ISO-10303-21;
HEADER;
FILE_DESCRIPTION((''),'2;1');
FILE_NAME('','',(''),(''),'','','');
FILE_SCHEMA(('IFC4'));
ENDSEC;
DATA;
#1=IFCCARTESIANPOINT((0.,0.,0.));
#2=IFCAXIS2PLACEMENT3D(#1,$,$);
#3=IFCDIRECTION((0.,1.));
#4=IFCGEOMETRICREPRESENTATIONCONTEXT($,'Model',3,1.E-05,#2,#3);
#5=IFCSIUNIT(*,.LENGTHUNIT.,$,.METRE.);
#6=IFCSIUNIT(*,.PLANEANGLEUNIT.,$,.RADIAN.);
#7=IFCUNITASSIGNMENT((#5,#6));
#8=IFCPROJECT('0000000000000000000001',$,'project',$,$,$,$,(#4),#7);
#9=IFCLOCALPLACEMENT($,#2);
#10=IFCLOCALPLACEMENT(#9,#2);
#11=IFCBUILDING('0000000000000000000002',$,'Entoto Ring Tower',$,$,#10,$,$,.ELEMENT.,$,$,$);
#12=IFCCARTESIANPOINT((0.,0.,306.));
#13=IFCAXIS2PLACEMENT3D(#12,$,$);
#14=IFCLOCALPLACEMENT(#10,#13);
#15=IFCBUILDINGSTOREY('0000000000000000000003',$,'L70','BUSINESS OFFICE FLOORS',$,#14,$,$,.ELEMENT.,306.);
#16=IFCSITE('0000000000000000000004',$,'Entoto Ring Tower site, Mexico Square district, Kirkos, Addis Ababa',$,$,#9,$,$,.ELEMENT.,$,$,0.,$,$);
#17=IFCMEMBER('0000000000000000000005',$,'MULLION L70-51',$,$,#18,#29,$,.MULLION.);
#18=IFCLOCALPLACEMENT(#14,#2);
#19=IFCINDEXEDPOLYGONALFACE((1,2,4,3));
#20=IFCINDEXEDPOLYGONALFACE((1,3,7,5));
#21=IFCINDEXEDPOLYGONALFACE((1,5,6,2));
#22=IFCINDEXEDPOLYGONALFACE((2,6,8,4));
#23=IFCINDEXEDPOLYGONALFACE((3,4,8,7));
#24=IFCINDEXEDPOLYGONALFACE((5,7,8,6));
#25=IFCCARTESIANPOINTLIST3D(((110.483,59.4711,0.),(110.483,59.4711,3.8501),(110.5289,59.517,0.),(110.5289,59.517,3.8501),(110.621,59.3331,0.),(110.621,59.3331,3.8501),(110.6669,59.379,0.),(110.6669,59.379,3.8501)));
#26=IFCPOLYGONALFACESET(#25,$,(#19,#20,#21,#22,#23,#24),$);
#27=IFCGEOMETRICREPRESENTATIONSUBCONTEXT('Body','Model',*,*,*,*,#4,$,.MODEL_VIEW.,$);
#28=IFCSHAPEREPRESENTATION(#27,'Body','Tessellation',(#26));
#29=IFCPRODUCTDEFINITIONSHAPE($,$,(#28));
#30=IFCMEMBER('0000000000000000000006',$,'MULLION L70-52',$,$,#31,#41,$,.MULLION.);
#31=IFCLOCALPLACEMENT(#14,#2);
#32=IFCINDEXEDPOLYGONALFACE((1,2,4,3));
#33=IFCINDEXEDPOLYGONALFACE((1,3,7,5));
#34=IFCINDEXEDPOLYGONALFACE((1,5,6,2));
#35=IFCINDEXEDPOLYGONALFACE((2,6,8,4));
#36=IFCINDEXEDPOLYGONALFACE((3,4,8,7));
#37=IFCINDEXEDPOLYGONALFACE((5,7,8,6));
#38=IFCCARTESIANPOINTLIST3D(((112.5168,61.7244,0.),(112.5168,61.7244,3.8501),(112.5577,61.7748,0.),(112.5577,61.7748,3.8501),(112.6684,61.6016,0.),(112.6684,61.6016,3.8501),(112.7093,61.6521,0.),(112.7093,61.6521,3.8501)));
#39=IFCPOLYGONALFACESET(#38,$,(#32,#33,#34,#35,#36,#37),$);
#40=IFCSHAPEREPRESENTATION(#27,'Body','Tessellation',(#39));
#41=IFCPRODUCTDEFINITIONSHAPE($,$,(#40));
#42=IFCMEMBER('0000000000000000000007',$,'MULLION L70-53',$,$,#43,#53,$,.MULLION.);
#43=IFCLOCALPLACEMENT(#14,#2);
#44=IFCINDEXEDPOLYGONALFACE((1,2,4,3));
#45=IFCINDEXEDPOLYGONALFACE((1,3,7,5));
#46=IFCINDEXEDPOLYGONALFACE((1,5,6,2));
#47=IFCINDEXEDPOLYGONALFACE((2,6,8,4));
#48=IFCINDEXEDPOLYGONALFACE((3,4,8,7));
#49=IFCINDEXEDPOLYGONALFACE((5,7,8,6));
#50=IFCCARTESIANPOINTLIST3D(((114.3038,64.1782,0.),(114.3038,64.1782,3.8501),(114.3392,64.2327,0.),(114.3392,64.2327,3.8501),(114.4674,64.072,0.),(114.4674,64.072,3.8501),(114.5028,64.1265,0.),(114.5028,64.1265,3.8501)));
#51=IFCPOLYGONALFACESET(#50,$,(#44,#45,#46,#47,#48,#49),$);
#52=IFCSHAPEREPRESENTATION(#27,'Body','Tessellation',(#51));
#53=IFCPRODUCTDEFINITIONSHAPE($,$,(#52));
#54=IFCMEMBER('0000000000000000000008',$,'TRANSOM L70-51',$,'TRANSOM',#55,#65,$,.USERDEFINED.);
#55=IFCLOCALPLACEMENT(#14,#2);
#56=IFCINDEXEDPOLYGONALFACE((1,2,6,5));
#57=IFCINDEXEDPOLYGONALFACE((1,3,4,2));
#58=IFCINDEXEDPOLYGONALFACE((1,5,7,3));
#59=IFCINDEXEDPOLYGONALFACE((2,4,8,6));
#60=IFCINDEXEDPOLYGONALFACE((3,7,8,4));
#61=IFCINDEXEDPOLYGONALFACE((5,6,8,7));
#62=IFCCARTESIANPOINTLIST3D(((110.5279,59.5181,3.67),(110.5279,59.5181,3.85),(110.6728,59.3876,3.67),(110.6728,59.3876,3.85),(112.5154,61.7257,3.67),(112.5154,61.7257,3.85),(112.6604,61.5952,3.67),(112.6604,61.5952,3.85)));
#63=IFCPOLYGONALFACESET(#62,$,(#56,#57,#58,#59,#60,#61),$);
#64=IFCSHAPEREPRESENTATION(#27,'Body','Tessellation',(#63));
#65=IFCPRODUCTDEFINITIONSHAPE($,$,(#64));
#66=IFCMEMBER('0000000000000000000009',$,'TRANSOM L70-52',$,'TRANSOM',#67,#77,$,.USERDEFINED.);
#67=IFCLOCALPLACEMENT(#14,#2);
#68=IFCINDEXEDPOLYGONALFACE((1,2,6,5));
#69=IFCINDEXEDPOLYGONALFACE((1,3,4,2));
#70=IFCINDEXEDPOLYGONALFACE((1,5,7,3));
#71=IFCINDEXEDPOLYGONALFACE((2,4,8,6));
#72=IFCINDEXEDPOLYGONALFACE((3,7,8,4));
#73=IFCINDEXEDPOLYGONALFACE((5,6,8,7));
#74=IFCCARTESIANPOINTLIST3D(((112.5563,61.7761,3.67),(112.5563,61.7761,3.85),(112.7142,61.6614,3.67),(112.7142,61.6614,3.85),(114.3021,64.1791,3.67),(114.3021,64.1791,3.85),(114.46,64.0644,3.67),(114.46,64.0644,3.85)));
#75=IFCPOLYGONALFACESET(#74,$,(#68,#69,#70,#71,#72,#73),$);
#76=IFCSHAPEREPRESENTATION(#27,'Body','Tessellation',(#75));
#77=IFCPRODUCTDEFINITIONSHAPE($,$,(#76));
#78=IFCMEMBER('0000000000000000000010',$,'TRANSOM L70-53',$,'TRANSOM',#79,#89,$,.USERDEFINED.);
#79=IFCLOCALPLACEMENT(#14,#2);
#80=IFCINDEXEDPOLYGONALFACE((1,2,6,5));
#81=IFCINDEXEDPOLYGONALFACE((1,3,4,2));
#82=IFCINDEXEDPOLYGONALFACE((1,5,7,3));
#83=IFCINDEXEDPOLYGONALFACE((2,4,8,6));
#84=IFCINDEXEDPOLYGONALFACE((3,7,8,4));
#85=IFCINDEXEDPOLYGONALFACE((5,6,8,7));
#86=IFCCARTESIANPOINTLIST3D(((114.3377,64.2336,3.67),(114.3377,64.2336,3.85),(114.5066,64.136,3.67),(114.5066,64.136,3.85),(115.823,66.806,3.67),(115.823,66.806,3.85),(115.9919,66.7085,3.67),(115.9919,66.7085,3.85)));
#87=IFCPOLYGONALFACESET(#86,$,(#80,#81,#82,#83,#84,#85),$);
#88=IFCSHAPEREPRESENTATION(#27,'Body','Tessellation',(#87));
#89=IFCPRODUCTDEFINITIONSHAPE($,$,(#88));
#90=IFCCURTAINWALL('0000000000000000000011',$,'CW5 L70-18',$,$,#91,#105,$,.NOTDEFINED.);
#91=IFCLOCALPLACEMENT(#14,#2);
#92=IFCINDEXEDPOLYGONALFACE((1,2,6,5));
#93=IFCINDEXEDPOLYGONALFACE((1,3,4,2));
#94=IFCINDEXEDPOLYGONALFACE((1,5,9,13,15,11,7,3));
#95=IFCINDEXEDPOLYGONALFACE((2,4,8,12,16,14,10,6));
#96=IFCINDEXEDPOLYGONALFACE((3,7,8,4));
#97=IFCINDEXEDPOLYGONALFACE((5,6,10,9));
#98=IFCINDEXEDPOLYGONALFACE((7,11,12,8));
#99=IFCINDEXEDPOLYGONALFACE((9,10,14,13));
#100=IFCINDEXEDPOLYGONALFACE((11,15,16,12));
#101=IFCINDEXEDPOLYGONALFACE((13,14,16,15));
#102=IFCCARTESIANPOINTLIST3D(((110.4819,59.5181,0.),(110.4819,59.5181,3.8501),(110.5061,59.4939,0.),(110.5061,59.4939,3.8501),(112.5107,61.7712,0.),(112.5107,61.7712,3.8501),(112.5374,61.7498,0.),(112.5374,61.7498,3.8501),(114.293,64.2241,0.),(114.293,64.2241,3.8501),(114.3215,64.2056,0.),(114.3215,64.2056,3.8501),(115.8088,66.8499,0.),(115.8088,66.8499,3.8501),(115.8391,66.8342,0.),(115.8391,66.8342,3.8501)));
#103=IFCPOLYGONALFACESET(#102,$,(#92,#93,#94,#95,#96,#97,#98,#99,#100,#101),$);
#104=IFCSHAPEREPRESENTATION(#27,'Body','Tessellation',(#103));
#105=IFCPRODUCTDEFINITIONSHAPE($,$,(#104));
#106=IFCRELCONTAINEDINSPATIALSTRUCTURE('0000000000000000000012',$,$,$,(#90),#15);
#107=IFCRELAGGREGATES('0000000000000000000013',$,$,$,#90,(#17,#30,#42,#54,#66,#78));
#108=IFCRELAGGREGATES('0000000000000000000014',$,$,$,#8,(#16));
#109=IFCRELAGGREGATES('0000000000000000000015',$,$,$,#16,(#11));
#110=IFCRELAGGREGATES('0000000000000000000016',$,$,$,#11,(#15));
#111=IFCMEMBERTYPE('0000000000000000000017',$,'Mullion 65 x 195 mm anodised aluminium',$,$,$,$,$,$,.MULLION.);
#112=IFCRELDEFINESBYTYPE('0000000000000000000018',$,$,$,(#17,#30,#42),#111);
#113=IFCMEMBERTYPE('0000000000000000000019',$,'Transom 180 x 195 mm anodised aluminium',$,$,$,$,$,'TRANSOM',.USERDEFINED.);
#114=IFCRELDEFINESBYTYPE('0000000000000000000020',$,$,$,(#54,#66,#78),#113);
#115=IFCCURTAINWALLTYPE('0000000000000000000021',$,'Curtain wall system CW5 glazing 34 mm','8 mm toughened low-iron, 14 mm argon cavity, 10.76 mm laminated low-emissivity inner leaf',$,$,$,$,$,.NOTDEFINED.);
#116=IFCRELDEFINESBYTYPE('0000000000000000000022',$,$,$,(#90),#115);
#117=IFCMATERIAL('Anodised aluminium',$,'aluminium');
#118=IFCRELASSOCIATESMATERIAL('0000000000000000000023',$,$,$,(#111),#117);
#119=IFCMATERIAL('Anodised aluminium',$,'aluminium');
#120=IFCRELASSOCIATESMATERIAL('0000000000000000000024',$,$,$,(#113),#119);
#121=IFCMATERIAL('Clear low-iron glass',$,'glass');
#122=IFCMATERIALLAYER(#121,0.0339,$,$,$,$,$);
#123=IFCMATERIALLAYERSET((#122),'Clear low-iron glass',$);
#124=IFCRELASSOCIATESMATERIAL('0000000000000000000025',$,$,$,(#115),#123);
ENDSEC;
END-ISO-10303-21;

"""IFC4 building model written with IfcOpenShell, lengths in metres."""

from ifc_helpers import new_model, si_unit, direction, frame, origin, origin_2d, place, context, subcontext, project, spatial, polyline, rectangle, outline, extrude, material, layer, layer_set, material_profile, profile_set, type_object, element, aggregate, save


model = new_model("IFC4")

# Units and contexts
model_context = context("Model", 3, precision=1e-05, world=origin(), true_north=direction((0.0, 1.0)))
body_context = subcontext(model_context, "Body", "Model", "MODEL_VIEW")
ifc_project = project(units=[si_unit("LENGTHUNIT", "METRE"), si_unit("PLANEANGLEUNIT", "RADIAN")], contexts=[model_context])

# Members
ifc_material_1 = material(Name="Anodised aluminium", Category="aluminium")
ifc_material_profile_1 = material_profile(ifc_material_1, rectangle(XDim=0.0649, YDim=0.1951, at=origin_2d()), Name="Mullion 65 x 195 mm anodised aluminium")
ifc_profile_set_1 = profile_set([ifc_material_profile_1], Name="Anodised aluminium")
member_type_1 = type_object("IfcMemberType", Name="Mullion 65 x 195 mm anodised aluminium", PredefinedType="MULLION", material=ifc_profile_set_1)
site_placement = place(None, origin())
building_placement = place(site_placement, origin())
storey_placement = place(building_placement, frame((0.0, 0.0, 306.0)))
member_1_placement = place(storey_placement, frame((110.575, 59.425, 0.0), z_axis=(0.0, 0.0, 1.0), x_axis=(0.707107, 0.707107, 0.0)))
member_1 = element("IfcMember", 1, at=member_1_placement, type_object=member_type_1, Name="MULLION L70-51", PredefinedType="MULLION", context=body_context, shape_type="SweptSolid", body=[
    extrude(rectangle(XDim=0.0649, YDim=0.1951, at=origin_2d()), origin(), (0.0, 0.0, 1.0), 3.8501),
])
member_2_placement = place(storey_placement, frame((112.613, 61.6882, 0.0), z_axis=(0.0, 0.0, 1.0), x_axis=(0.62932, 0.777146, 0.0)))
member_2 = element("IfcMember", 2, at=member_2_placement, type_object=member_type_1, Name="MULLION L70-52", PredefinedType="MULLION", context=body_context, shape_type="SweptSolid", body=[
    extrude(rectangle(XDim=0.0649, YDim=0.1951, at=origin_2d()), origin(), (0.0, 0.0, 1.0), 3.8501),
])
member_3_placement = place(storey_placement, frame((114.4033, 64.1523, 0.0), z_axis=(0.0, 0.0, 1.0), x_axis=(0.544639, 0.838671, 0.0)))
member_3 = element("IfcMember", 3, at=member_3_placement, type_object=member_type_1, Name="MULLION L70-53", PredefinedType="MULLION", context=body_context, shape_type="SweptSolid", body=[
    extrude(rectangle(XDim=0.0649, YDim=0.1951, at=origin_2d()), origin(), (0.0, 0.0, 1.0), 3.8501),
])
ifc_material_2 = material(Name="Anodised aluminium", Category="aluminium")
ifc_material_profile_2 = material_profile(ifc_material_2, rectangle(XDim=0.1951, YDim=0.1799, at=origin_2d()), Name="Transom 180 x 195 mm anodised aluminium")
ifc_profile_set_2 = profile_set([ifc_material_profile_2], Name="Anodised aluminium")
member_type_2 = type_object("IfcMemberType", Name="Transom 180 x 195 mm anodised aluminium", ElementType="TRANSOM", PredefinedType="USERDEFINED", material=ifc_profile_set_2)
member_4_placement = place(storey_placement, frame((110.6003, 59.4529, 3.76), z_axis=(0.66911, 0.743163, 0.0), x_axis=(-0.743163, 0.66911, 0.0)))
member_4 = element("IfcMember", 4, at=member_4_placement, type_object=member_type_2, Name="TRANSOM L70-51", ObjectType="TRANSOM", PredefinedType="USERDEFINED", context=body_context, shape_type="SweptSolid", body=[
    extrude(rectangle(XDim=0.1951, YDim=0.1799, at=origin_2d()), origin(), (0.0, 0.0, 1.0), 2.9705),
])
member_5_placement = place(storey_placement, frame((112.6353, 61.7188, 3.76), z_axis=(0.587766, 0.809031, 0.0), x_axis=(-0.809031, 0.587766, 0.0)))
member_5 = element("IfcMember", 5, at=member_5_placement, type_object=member_type_2, Name="TRANSOM L70-52", ObjectType="TRANSOM", PredefinedType="USERDEFINED", context=body_context, shape_type="SweptSolid", body=[
    extrude(rectangle(XDim=0.1951, YDim=0.1799, at=origin_2d()), origin(), (0.0, 0.0, 1.0), 2.9702),
])
member_6_placement = place(storey_placement, frame((114.4221, 64.1848, 3.76), z_axis=(0.500028, 0.866009, 0.0), x_axis=(-0.866009, 0.500028, 0.0)))
member_6 = element("IfcMember", 6, at=member_6_placement, type_object=member_type_2, Name="TRANSOM L70-53", ObjectType="TRANSOM", PredefinedType="USERDEFINED", context=body_context, shape_type="SweptSolid", body=[
    extrude(rectangle(XDim=0.1951, YDim=0.1799, at=origin_2d()), origin(), (0.0, 0.0, 1.0), 2.9705),
])

# Site, building, storey
site = spatial("IfcSite", under=ifc_project, at=site_placement, Name="Entoto Ring Tower site, Mexico Square district, Kirkos, Addis Ababa", CompositionType="ELEMENT", RefElevation=0.0)
building = spatial("IfcBuilding", under=site, at=building_placement, Name="Entoto Ring Tower", CompositionType="ELEMENT")
storey = spatial("IfcBuildingStorey", under=building, at=storey_placement, Name="L70", Description="BUSINESS OFFICE FLOORS", CompositionType="ELEMENT", Elevation=306.0)

# Curtain wall
ifc_material_3 = material(Name="Clear low-iron glass", Category="glass")
ifc_layer_1 = layer(ifc_material_3, 0.0339)
ifc_layer_set_1 = layer_set([ifc_layer_1], Name="Clear low-iron glass")
curtain_wall_type = type_object("IfcCurtainWallType", Name="Curtain wall system CW5 glazing 34 mm", Description="8 mm toughened low-iron, 14 mm argon cavity, 10.76 mm laminated low-emissivity inner leaf", PredefinedType="NOTDEFINED", material=ifc_layer_set_1)
curtain_wall_1_placement = place(storey_placement, origin())
curtain_wall_1 = element("IfcCurtainWall", 7, at=curtain_wall_1_placement, inside=storey, type_object=curtain_wall_type, Name="CW5 L70-18", PredefinedType="NOTDEFINED", context=body_context, shape_type="SweptSolid", body=[
    extrude(outline(polyline([(110.5061, 59.4939), (112.5374, 61.7498), (114.3215, 64.2056), (115.8391, 66.8342), (115.8088, 66.8499), (114.293, 64.2241), (112.5107, 61.7712), (110.4819, 59.5181), (110.5061, 59.4939)])), origin(), (0.0, 0.0, 1.0), 3.8501),
])
aggregate(curtain_wall_1, [member_1, member_2, member_3, member_4, member_5, member_6])

save(model, "model.ifc")
